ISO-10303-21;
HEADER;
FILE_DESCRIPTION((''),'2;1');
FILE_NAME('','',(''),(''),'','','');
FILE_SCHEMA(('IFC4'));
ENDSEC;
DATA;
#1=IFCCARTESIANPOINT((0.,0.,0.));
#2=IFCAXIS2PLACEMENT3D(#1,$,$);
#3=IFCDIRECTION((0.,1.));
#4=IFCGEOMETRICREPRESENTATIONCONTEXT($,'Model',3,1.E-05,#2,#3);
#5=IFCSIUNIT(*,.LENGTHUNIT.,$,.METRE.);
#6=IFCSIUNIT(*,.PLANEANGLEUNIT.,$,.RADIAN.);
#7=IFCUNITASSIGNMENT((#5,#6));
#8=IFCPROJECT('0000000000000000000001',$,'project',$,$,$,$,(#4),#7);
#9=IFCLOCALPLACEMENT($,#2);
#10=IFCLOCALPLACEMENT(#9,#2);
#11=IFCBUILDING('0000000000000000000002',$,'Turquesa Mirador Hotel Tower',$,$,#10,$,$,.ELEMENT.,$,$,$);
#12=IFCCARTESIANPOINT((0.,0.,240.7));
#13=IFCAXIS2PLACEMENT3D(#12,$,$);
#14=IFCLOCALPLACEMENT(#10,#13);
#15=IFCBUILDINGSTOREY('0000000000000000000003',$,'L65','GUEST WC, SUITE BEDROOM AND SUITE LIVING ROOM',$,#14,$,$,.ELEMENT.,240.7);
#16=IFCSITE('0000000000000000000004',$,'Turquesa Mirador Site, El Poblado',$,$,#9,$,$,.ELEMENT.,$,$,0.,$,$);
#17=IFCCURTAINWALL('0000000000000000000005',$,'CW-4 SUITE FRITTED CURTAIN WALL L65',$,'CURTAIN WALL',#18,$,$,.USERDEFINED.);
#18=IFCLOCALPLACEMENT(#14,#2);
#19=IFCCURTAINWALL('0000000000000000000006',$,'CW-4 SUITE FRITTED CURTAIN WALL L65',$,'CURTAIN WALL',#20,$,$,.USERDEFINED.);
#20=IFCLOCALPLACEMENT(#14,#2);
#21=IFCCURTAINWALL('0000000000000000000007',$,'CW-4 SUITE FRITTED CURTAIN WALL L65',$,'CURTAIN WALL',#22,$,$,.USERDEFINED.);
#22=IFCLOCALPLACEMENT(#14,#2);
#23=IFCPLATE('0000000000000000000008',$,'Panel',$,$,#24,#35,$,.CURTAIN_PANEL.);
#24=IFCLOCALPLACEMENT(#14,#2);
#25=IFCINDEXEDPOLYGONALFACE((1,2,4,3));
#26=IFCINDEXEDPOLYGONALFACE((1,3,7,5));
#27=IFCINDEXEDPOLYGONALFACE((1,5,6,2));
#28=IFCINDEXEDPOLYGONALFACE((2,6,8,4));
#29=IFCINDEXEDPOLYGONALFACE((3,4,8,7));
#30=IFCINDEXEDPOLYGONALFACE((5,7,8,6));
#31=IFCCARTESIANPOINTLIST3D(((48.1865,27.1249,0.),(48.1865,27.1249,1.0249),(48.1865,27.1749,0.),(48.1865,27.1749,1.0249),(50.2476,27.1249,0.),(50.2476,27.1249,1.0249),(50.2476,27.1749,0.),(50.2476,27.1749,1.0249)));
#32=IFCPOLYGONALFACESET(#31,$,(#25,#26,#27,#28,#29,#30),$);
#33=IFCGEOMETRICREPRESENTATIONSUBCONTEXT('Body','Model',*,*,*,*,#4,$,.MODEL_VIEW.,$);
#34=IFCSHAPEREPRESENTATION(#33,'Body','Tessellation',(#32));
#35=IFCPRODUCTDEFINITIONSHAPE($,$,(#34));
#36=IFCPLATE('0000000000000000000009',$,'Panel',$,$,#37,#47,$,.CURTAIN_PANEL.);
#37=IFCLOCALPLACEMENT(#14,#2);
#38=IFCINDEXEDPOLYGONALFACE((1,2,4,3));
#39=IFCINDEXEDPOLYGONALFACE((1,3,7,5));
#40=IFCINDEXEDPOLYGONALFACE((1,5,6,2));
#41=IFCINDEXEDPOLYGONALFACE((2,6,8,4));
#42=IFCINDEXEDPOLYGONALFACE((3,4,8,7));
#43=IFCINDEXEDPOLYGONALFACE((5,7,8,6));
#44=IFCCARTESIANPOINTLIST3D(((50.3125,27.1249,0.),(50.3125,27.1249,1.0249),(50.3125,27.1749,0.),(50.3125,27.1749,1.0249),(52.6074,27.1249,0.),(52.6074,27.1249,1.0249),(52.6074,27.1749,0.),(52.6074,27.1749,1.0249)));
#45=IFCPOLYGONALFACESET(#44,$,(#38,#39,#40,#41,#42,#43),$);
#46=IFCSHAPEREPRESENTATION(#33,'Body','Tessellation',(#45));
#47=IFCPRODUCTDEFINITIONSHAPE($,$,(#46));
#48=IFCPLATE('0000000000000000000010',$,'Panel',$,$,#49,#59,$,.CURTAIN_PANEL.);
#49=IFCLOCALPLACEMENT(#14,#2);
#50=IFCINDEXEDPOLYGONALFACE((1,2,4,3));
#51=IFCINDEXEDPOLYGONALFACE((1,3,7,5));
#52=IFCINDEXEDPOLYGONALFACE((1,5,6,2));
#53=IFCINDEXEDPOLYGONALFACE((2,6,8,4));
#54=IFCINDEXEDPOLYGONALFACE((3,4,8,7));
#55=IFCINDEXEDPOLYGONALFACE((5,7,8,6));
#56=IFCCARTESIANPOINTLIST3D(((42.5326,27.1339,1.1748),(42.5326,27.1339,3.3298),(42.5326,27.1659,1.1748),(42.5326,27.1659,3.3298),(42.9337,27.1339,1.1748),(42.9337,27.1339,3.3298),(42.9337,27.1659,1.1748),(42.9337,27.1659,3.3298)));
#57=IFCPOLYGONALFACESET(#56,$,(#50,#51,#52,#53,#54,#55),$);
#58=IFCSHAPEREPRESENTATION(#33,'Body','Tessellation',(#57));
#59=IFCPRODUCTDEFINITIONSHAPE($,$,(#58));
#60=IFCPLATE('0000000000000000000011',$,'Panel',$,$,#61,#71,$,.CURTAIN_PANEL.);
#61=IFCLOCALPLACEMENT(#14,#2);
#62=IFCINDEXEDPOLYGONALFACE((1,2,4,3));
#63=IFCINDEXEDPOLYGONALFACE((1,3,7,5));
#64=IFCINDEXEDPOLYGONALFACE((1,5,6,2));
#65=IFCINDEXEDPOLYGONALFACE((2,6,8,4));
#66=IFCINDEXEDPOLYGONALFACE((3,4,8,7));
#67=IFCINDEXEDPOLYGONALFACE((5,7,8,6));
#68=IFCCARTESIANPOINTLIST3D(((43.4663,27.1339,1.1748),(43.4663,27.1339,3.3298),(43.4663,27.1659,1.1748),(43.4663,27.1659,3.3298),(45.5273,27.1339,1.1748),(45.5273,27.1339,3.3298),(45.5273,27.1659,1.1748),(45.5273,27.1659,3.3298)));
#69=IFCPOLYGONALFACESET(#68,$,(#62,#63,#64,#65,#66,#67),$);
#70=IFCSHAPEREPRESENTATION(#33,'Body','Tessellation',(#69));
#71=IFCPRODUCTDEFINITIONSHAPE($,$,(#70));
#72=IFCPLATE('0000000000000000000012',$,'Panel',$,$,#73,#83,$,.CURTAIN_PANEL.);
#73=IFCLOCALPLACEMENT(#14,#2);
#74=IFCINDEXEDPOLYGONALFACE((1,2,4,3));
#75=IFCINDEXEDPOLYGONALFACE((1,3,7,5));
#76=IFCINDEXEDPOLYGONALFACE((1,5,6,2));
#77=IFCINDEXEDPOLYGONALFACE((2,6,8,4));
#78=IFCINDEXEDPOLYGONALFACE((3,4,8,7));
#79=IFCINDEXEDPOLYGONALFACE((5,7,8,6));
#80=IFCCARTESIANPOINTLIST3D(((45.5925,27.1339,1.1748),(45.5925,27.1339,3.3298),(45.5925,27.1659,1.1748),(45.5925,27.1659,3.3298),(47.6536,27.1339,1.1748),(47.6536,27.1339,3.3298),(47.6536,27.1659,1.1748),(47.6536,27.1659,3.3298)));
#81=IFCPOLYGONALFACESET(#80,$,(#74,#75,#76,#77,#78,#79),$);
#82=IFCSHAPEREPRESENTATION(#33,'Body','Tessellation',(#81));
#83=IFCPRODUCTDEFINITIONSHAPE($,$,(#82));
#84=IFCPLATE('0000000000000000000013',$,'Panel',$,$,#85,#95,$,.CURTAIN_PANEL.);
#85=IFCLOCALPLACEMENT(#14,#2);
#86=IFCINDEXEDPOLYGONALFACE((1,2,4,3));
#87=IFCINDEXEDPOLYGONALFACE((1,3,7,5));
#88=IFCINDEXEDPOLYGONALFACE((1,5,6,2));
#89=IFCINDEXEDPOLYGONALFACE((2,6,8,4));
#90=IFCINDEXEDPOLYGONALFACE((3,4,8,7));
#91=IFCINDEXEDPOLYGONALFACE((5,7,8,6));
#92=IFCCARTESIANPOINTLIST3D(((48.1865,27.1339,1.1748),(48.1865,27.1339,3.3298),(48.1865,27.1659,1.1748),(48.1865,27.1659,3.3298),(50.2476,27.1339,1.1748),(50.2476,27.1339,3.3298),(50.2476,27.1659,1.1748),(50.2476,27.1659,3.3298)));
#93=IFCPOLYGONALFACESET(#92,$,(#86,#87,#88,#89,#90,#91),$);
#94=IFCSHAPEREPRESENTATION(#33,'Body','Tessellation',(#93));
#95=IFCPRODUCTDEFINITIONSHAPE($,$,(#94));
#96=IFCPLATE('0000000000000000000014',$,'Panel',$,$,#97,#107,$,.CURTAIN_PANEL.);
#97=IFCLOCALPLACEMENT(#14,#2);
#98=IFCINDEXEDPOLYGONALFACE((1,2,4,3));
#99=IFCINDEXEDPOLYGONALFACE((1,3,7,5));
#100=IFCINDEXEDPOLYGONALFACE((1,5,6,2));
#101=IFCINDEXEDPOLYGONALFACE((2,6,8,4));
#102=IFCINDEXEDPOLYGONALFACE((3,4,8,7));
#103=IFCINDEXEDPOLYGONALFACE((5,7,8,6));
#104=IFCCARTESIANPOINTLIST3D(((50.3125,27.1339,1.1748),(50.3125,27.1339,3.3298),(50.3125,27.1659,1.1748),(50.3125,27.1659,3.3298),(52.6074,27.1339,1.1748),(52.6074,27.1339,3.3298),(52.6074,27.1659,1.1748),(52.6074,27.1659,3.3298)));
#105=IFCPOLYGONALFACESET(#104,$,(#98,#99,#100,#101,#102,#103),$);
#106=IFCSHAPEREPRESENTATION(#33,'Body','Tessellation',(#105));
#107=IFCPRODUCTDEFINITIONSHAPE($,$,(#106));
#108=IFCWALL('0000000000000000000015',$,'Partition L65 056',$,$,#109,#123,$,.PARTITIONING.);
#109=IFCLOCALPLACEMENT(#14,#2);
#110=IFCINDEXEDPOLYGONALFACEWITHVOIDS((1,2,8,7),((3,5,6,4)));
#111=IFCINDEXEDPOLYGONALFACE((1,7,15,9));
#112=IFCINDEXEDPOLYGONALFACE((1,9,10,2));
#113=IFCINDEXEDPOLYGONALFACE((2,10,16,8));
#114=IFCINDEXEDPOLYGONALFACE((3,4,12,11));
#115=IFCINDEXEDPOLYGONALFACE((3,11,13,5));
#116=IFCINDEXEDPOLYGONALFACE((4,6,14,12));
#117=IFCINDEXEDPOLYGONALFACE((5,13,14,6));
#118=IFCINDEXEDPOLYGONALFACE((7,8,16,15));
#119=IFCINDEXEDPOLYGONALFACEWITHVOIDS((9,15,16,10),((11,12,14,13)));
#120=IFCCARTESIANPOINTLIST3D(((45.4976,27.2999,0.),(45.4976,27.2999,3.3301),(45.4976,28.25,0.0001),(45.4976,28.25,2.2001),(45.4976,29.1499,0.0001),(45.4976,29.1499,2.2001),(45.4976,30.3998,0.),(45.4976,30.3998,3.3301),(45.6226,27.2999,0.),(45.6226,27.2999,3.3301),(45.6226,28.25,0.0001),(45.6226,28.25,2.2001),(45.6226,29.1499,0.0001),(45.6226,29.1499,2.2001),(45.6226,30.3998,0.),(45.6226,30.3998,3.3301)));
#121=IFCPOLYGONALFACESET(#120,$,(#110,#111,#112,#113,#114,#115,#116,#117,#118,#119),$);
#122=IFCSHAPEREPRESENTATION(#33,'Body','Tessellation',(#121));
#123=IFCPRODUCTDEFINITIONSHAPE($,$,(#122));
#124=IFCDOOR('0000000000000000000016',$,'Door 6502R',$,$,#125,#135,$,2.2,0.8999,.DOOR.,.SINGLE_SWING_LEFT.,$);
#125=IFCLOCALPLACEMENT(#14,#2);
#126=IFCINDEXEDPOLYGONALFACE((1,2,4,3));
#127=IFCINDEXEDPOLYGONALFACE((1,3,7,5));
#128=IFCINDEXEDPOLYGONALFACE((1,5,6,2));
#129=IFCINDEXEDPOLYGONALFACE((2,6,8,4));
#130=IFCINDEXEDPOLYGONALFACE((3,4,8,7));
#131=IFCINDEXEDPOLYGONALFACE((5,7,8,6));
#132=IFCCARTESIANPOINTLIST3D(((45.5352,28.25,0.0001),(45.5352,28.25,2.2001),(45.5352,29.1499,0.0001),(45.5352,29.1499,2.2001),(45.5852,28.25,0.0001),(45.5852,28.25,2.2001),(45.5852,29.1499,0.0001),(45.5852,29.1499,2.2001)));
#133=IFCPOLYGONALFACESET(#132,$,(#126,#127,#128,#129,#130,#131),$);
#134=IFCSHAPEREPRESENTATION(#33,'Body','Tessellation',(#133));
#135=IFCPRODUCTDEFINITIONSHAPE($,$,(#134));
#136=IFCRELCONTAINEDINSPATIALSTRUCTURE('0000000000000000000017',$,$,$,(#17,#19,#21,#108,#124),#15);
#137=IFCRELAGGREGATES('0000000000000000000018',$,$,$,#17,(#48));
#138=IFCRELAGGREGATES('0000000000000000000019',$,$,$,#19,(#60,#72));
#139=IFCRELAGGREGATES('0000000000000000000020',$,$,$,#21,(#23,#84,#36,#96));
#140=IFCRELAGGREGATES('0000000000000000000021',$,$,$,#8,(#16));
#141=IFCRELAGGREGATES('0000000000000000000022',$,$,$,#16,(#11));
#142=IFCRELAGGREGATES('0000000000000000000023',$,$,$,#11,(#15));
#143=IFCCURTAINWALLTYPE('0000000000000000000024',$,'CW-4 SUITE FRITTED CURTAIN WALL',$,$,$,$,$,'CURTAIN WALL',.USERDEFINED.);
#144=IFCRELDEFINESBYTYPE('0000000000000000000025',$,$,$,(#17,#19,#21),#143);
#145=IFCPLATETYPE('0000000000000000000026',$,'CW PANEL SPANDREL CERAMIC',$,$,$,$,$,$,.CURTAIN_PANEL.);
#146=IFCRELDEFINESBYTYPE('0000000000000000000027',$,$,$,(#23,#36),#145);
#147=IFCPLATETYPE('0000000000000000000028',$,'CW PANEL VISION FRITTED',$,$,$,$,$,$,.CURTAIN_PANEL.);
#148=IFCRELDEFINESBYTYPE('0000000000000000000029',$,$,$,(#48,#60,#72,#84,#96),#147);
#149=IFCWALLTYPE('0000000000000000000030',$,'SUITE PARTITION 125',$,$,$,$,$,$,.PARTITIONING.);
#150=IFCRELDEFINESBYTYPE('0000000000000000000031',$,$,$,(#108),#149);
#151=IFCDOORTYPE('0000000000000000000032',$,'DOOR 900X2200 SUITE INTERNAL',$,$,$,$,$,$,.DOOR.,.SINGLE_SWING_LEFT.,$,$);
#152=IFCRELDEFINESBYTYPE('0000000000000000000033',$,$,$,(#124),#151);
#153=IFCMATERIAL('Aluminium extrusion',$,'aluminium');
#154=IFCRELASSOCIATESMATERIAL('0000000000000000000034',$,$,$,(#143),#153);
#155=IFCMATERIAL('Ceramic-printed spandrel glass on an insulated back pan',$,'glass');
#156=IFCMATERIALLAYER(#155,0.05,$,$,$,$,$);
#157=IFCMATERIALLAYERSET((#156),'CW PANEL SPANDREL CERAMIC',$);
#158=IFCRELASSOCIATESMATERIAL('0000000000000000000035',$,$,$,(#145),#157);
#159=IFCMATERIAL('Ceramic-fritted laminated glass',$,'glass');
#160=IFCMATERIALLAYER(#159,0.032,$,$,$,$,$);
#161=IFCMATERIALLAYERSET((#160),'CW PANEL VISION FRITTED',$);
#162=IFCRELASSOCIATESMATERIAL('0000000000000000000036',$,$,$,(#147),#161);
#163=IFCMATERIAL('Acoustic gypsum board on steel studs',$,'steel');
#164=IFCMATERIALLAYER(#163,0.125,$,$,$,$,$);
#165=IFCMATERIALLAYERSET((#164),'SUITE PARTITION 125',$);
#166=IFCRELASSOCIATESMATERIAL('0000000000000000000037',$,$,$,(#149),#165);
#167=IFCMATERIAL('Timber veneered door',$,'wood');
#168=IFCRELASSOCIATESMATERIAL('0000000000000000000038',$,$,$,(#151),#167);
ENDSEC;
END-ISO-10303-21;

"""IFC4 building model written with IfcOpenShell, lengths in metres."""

from ifc_helpers import new_model, si_unit, direction, frame, frame_2d, origin, origin_2d, place, context, subcontext, project, spatial, rectangle, extrude, material, layer, layer_set, type_object, element, fill, aggregate, save


model = new_model("IFC4")

# Units and contexts
model_context = context("Model", 3, precision=1e-05, world=origin(), true_north=direction((0.0, 1.0)))
body_context = subcontext(model_context, "Body", "Model", "MODEL_VIEW")
ifc_project = project(units=[si_unit("LENGTHUNIT", "METRE"), si_unit("PLANEANGLEUNIT", "RADIAN")], contexts=[model_context])

# Site, building, storey
site_placement = place(None, origin())
site = spatial("IfcSite", under=ifc_project, at=site_placement, Name="Turquesa Mirador Site, El Poblado", CompositionType="ELEMENT", RefElevation=0.0)
building_placement = place(site_placement, origin())
building = spatial("IfcBuilding", under=site, at=building_placement, Name="Turquesa Mirador Hotel Tower", CompositionType="ELEMENT")
storey_placement = place(building_placement, frame((0.0, 0.0, 240.7)))
storey = spatial("IfcBuildingStorey", under=building, at=storey_placement, Name="L65", Description="GUEST WC, SUITE BEDROOM AND SUITE LIVING ROOM", CompositionType="ELEMENT", Elevation=240.7)

# Curtain walls
ifc_material_1 = material(Name="Aluminium extrusion", Category="aluminium")
curtain_wall_type = type_object("IfcCurtainWallType", Name="CW-4 SUITE FRITTED CURTAIN WALL", ElementType="CURTAIN WALL", PredefinedType="USERDEFINED", material=ifc_material_1)
curtain_wall_1_placement = place(storey_placement, origin())
curtain_wall_1 = element("IfcCurtainWall", 1, at=curtain_wall_1_placement, inside=storey, type_object=curtain_wall_type, Name="CW-4 SUITE FRITTED CURTAIN WALL L65", ObjectType="CURTAIN WALL", PredefinedType="USERDEFINED")
curtain_wall_2_placement = place(storey_placement, origin())
curtain_wall_2 = element("IfcCurtainWall", 2, at=curtain_wall_2_placement, inside=storey, type_object=curtain_wall_type, Name="CW-4 SUITE FRITTED CURTAIN WALL L65", ObjectType="CURTAIN WALL", PredefinedType="USERDEFINED")
curtain_wall_3_placement = place(storey_placement, origin())
curtain_wall_3 = element("IfcCurtainWall", 3, at=curtain_wall_3_placement, inside=storey, type_object=curtain_wall_type, Name="CW-4 SUITE FRITTED CURTAIN WALL L65", ObjectType="CURTAIN WALL", PredefinedType="USERDEFINED")

# Plates
ifc_material_2 = material(Name="Ceramic-printed spandrel glass on an insulated back pan", Category="glass")
ifc_layer_1 = layer(ifc_material_2, 0.05)
ifc_layer_set_1 = layer_set([ifc_layer_1], Name="CW PANEL SPANDREL CERAMIC")
plate_type_1 = type_object("IfcPlateType", Name="CW PANEL SPANDREL CERAMIC", PredefinedType="CURTAIN_PANEL", material=ifc_layer_set_1)
plate_1_placement = place(storey_placement, frame((49.217, 27.1499, 0.0), z_axis=(0.0, 0.0, 1.0), x_axis=(1.0, 0.0, 0.0)))
plate_1 = element("IfcPlate", 4, at=plate_1_placement, type_object=plate_type_1, Name="Panel", PredefinedType="CURTAIN_PANEL", context=body_context, shape_type="SweptSolid", body=[
    extrude(rectangle(XDim=2.061, YDim=0.05, at=origin_2d()), origin(), (0.0, 0.0, 1.0), 1.0249),
])
plate_2_placement = place(storey_placement, frame((51.46, 27.1499, 0.0), z_axis=(0.0, 0.0, 1.0), x_axis=(1.0, 0.0, 0.0)))
plate_2 = element("IfcPlate", 5, at=plate_2_placement, type_object=plate_type_1, Name="Panel", PredefinedType="CURTAIN_PANEL", context=body_context, shape_type="SweptSolid", body=[
    extrude(rectangle(XDim=2.2949, YDim=0.05, at=origin_2d()), origin(), (0.0, 0.0, 1.0), 1.0249),
])
ifc_material_3 = material(Name="Ceramic-fritted laminated glass", Category="glass")
ifc_layer_2 = layer(ifc_material_3, 0.032)
ifc_layer_set_2 = layer_set([ifc_layer_2], Name="CW PANEL VISION FRITTED")
plate_type_2 = type_object("IfcPlateType", Name="CW PANEL VISION FRITTED", PredefinedType="CURTAIN_PANEL", material=ifc_layer_set_2)
plate_3_placement = place(storey_placement, frame((42.7332, 27.1499, 1.1748), z_axis=(0.0, 0.0, 1.0), x_axis=(1.0, 0.0, 0.0)))
plate_3 = element("IfcPlate", 6, at=plate_3_placement, type_object=plate_type_2, Name="Panel", PredefinedType="CURTAIN_PANEL", context=body_context, shape_type="SweptSolid", body=[
    extrude(rectangle(XDim=0.4011, YDim=0.032, at=origin_2d()), origin(), (0.0, 0.0, 1.0), 2.155),
])
aggregate(curtain_wall_1, [plate_3])
plate_4_placement = place(storey_placement, frame((44.4968, 27.1499, 1.1748), z_axis=(0.0, 0.0, 1.0), x_axis=(1.0, 0.0, 0.0)))
plate_4 = element("IfcPlate", 7, at=plate_4_placement, type_object=plate_type_2, Name="Panel", PredefinedType="CURTAIN_PANEL", context=body_context, shape_type="SweptSolid", body=[
    extrude(rectangle(XDim=2.061, YDim=0.032, at=origin_2d()), origin(), (0.0, 0.0, 1.0), 2.155),
])
plate_5_placement = place(storey_placement, frame((46.623, 27.1499, 1.1748), z_axis=(0.0, 0.0, 1.0), x_axis=(1.0, 0.0, 0.0)))
plate_5 = element("IfcPlate", 8, at=plate_5_placement, type_object=plate_type_2, Name="Panel", PredefinedType="CURTAIN_PANEL", context=body_context, shape_type="SweptSolid", body=[
    extrude(rectangle(XDim=2.061, YDim=0.032, at=origin_2d()), origin(), (0.0, 0.0, 1.0), 2.155),
])
aggregate(curtain_wall_2, [plate_4, plate_5])
plate_6_placement = place(storey_placement, frame((49.217, 27.1499, 1.1748), z_axis=(0.0, 0.0, 1.0), x_axis=(1.0, 0.0, 0.0)))
plate_6 = element("IfcPlate", 9, at=plate_6_placement, type_object=plate_type_2, Name="Panel", PredefinedType="CURTAIN_PANEL", context=body_context, shape_type="SweptSolid", body=[
    extrude(rectangle(XDim=2.061, YDim=0.032, at=origin_2d()), origin(), (0.0, 0.0, 1.0), 2.155),
])
plate_7_placement = place(storey_placement, frame((51.46, 27.1499, 1.1748), z_axis=(0.0, 0.0, 1.0), x_axis=(1.0, 0.0, 0.0)))
plate_7 = element("IfcPlate", 10, at=plate_7_placement, type_object=plate_type_2, Name="Panel", PredefinedType="CURTAIN_PANEL", context=body_context, shape_type="SweptSolid", body=[
    extrude(rectangle(XDim=2.2949, YDim=0.032, at=origin_2d()), origin(), (0.0, 0.0, 1.0), 2.155),
])
aggregate(curtain_wall_3, [plate_1, plate_6, plate_2, plate_7])

# Wall, opening, door
ifc_material_4 = material(Name="Acoustic gypsum board on steel studs", Category="steel")
ifc_layer_3 = layer(ifc_material_4, 0.125)
ifc_layer_set_3 = layer_set([ifc_layer_3], Name="SUITE PARTITION 125")
wall_type = type_object("IfcWallType", Name="SUITE PARTITION 125", PredefinedType="PARTITIONING", material=ifc_layer_set_3)
wall_placement = place(storey_placement, frame((45.5601, 27.3, 0.0), z_axis=(0.0, 0.0, 1.0), x_axis=(0.0, 1.0, 0.0)))
wall = element("IfcWall", 11, at=wall_placement, inside=storey, type_object=wall_type, Name="Partition L65 056", PredefinedType="PARTITIONING", context=body_context, shape_type="SweptSolid", body=[
    extrude(rectangle(XDim=3.0999, YDim=0.125, at=frame_2d((1.5498, 0.0))), origin(), (0.0, 0.0, 1.0), 3.3301),
])
opening_placement = place(wall_placement, frame((0.95, 0.0, 0.0)))
opening = element("IfcOpeningElement", 12, at=opening_placement, cuts=wall, PredefinedType="OPENING", context=body_context, shape_type="SweptSolid", body=[
    extrude(rectangle(XDim=0.8999, YDim=2.2, at=frame_2d((0.45, 1.1001))), frame((0.0, 0.0725, 0.0), z_axis=(0.0, -1.0, 0.0), x_axis=(1.0, 0.0, 0.0)), (0.0, 0.0, 1.0), 0.145),
])
ifc_material_5 = material(Name="Timber veneered door", Category="wood")
door_type = type_object("IfcDoorType", Name="DOOR 900X2200 SUITE INTERNAL", OperationType="SINGLE_SWING_LEFT", PredefinedType="DOOR", material=ifc_material_5)
door_placement = place(opening_placement, origin())
door = element("IfcDoor", 13, at=door_placement, inside=storey, type_object=door_type, Name="Door 6502R", OperationType="SINGLE_SWING_LEFT", OverallHeight=2.2, OverallWidth=0.8999, PredefinedType="DOOR", context=body_context, shape_type="SweptSolid", body=[
    extrude(rectangle(XDim=0.8999, YDim=2.2, at=frame_2d((0.45, 1.1001))), frame((0.0, 0.0249, 0.0), z_axis=(0.0, -1.0, 0.0), x_axis=(1.0, 0.0, 0.0)), (0.0, 0.0, 1.0), 0.05),
])
fill(opening, door)

save(model, "model.ifc")
